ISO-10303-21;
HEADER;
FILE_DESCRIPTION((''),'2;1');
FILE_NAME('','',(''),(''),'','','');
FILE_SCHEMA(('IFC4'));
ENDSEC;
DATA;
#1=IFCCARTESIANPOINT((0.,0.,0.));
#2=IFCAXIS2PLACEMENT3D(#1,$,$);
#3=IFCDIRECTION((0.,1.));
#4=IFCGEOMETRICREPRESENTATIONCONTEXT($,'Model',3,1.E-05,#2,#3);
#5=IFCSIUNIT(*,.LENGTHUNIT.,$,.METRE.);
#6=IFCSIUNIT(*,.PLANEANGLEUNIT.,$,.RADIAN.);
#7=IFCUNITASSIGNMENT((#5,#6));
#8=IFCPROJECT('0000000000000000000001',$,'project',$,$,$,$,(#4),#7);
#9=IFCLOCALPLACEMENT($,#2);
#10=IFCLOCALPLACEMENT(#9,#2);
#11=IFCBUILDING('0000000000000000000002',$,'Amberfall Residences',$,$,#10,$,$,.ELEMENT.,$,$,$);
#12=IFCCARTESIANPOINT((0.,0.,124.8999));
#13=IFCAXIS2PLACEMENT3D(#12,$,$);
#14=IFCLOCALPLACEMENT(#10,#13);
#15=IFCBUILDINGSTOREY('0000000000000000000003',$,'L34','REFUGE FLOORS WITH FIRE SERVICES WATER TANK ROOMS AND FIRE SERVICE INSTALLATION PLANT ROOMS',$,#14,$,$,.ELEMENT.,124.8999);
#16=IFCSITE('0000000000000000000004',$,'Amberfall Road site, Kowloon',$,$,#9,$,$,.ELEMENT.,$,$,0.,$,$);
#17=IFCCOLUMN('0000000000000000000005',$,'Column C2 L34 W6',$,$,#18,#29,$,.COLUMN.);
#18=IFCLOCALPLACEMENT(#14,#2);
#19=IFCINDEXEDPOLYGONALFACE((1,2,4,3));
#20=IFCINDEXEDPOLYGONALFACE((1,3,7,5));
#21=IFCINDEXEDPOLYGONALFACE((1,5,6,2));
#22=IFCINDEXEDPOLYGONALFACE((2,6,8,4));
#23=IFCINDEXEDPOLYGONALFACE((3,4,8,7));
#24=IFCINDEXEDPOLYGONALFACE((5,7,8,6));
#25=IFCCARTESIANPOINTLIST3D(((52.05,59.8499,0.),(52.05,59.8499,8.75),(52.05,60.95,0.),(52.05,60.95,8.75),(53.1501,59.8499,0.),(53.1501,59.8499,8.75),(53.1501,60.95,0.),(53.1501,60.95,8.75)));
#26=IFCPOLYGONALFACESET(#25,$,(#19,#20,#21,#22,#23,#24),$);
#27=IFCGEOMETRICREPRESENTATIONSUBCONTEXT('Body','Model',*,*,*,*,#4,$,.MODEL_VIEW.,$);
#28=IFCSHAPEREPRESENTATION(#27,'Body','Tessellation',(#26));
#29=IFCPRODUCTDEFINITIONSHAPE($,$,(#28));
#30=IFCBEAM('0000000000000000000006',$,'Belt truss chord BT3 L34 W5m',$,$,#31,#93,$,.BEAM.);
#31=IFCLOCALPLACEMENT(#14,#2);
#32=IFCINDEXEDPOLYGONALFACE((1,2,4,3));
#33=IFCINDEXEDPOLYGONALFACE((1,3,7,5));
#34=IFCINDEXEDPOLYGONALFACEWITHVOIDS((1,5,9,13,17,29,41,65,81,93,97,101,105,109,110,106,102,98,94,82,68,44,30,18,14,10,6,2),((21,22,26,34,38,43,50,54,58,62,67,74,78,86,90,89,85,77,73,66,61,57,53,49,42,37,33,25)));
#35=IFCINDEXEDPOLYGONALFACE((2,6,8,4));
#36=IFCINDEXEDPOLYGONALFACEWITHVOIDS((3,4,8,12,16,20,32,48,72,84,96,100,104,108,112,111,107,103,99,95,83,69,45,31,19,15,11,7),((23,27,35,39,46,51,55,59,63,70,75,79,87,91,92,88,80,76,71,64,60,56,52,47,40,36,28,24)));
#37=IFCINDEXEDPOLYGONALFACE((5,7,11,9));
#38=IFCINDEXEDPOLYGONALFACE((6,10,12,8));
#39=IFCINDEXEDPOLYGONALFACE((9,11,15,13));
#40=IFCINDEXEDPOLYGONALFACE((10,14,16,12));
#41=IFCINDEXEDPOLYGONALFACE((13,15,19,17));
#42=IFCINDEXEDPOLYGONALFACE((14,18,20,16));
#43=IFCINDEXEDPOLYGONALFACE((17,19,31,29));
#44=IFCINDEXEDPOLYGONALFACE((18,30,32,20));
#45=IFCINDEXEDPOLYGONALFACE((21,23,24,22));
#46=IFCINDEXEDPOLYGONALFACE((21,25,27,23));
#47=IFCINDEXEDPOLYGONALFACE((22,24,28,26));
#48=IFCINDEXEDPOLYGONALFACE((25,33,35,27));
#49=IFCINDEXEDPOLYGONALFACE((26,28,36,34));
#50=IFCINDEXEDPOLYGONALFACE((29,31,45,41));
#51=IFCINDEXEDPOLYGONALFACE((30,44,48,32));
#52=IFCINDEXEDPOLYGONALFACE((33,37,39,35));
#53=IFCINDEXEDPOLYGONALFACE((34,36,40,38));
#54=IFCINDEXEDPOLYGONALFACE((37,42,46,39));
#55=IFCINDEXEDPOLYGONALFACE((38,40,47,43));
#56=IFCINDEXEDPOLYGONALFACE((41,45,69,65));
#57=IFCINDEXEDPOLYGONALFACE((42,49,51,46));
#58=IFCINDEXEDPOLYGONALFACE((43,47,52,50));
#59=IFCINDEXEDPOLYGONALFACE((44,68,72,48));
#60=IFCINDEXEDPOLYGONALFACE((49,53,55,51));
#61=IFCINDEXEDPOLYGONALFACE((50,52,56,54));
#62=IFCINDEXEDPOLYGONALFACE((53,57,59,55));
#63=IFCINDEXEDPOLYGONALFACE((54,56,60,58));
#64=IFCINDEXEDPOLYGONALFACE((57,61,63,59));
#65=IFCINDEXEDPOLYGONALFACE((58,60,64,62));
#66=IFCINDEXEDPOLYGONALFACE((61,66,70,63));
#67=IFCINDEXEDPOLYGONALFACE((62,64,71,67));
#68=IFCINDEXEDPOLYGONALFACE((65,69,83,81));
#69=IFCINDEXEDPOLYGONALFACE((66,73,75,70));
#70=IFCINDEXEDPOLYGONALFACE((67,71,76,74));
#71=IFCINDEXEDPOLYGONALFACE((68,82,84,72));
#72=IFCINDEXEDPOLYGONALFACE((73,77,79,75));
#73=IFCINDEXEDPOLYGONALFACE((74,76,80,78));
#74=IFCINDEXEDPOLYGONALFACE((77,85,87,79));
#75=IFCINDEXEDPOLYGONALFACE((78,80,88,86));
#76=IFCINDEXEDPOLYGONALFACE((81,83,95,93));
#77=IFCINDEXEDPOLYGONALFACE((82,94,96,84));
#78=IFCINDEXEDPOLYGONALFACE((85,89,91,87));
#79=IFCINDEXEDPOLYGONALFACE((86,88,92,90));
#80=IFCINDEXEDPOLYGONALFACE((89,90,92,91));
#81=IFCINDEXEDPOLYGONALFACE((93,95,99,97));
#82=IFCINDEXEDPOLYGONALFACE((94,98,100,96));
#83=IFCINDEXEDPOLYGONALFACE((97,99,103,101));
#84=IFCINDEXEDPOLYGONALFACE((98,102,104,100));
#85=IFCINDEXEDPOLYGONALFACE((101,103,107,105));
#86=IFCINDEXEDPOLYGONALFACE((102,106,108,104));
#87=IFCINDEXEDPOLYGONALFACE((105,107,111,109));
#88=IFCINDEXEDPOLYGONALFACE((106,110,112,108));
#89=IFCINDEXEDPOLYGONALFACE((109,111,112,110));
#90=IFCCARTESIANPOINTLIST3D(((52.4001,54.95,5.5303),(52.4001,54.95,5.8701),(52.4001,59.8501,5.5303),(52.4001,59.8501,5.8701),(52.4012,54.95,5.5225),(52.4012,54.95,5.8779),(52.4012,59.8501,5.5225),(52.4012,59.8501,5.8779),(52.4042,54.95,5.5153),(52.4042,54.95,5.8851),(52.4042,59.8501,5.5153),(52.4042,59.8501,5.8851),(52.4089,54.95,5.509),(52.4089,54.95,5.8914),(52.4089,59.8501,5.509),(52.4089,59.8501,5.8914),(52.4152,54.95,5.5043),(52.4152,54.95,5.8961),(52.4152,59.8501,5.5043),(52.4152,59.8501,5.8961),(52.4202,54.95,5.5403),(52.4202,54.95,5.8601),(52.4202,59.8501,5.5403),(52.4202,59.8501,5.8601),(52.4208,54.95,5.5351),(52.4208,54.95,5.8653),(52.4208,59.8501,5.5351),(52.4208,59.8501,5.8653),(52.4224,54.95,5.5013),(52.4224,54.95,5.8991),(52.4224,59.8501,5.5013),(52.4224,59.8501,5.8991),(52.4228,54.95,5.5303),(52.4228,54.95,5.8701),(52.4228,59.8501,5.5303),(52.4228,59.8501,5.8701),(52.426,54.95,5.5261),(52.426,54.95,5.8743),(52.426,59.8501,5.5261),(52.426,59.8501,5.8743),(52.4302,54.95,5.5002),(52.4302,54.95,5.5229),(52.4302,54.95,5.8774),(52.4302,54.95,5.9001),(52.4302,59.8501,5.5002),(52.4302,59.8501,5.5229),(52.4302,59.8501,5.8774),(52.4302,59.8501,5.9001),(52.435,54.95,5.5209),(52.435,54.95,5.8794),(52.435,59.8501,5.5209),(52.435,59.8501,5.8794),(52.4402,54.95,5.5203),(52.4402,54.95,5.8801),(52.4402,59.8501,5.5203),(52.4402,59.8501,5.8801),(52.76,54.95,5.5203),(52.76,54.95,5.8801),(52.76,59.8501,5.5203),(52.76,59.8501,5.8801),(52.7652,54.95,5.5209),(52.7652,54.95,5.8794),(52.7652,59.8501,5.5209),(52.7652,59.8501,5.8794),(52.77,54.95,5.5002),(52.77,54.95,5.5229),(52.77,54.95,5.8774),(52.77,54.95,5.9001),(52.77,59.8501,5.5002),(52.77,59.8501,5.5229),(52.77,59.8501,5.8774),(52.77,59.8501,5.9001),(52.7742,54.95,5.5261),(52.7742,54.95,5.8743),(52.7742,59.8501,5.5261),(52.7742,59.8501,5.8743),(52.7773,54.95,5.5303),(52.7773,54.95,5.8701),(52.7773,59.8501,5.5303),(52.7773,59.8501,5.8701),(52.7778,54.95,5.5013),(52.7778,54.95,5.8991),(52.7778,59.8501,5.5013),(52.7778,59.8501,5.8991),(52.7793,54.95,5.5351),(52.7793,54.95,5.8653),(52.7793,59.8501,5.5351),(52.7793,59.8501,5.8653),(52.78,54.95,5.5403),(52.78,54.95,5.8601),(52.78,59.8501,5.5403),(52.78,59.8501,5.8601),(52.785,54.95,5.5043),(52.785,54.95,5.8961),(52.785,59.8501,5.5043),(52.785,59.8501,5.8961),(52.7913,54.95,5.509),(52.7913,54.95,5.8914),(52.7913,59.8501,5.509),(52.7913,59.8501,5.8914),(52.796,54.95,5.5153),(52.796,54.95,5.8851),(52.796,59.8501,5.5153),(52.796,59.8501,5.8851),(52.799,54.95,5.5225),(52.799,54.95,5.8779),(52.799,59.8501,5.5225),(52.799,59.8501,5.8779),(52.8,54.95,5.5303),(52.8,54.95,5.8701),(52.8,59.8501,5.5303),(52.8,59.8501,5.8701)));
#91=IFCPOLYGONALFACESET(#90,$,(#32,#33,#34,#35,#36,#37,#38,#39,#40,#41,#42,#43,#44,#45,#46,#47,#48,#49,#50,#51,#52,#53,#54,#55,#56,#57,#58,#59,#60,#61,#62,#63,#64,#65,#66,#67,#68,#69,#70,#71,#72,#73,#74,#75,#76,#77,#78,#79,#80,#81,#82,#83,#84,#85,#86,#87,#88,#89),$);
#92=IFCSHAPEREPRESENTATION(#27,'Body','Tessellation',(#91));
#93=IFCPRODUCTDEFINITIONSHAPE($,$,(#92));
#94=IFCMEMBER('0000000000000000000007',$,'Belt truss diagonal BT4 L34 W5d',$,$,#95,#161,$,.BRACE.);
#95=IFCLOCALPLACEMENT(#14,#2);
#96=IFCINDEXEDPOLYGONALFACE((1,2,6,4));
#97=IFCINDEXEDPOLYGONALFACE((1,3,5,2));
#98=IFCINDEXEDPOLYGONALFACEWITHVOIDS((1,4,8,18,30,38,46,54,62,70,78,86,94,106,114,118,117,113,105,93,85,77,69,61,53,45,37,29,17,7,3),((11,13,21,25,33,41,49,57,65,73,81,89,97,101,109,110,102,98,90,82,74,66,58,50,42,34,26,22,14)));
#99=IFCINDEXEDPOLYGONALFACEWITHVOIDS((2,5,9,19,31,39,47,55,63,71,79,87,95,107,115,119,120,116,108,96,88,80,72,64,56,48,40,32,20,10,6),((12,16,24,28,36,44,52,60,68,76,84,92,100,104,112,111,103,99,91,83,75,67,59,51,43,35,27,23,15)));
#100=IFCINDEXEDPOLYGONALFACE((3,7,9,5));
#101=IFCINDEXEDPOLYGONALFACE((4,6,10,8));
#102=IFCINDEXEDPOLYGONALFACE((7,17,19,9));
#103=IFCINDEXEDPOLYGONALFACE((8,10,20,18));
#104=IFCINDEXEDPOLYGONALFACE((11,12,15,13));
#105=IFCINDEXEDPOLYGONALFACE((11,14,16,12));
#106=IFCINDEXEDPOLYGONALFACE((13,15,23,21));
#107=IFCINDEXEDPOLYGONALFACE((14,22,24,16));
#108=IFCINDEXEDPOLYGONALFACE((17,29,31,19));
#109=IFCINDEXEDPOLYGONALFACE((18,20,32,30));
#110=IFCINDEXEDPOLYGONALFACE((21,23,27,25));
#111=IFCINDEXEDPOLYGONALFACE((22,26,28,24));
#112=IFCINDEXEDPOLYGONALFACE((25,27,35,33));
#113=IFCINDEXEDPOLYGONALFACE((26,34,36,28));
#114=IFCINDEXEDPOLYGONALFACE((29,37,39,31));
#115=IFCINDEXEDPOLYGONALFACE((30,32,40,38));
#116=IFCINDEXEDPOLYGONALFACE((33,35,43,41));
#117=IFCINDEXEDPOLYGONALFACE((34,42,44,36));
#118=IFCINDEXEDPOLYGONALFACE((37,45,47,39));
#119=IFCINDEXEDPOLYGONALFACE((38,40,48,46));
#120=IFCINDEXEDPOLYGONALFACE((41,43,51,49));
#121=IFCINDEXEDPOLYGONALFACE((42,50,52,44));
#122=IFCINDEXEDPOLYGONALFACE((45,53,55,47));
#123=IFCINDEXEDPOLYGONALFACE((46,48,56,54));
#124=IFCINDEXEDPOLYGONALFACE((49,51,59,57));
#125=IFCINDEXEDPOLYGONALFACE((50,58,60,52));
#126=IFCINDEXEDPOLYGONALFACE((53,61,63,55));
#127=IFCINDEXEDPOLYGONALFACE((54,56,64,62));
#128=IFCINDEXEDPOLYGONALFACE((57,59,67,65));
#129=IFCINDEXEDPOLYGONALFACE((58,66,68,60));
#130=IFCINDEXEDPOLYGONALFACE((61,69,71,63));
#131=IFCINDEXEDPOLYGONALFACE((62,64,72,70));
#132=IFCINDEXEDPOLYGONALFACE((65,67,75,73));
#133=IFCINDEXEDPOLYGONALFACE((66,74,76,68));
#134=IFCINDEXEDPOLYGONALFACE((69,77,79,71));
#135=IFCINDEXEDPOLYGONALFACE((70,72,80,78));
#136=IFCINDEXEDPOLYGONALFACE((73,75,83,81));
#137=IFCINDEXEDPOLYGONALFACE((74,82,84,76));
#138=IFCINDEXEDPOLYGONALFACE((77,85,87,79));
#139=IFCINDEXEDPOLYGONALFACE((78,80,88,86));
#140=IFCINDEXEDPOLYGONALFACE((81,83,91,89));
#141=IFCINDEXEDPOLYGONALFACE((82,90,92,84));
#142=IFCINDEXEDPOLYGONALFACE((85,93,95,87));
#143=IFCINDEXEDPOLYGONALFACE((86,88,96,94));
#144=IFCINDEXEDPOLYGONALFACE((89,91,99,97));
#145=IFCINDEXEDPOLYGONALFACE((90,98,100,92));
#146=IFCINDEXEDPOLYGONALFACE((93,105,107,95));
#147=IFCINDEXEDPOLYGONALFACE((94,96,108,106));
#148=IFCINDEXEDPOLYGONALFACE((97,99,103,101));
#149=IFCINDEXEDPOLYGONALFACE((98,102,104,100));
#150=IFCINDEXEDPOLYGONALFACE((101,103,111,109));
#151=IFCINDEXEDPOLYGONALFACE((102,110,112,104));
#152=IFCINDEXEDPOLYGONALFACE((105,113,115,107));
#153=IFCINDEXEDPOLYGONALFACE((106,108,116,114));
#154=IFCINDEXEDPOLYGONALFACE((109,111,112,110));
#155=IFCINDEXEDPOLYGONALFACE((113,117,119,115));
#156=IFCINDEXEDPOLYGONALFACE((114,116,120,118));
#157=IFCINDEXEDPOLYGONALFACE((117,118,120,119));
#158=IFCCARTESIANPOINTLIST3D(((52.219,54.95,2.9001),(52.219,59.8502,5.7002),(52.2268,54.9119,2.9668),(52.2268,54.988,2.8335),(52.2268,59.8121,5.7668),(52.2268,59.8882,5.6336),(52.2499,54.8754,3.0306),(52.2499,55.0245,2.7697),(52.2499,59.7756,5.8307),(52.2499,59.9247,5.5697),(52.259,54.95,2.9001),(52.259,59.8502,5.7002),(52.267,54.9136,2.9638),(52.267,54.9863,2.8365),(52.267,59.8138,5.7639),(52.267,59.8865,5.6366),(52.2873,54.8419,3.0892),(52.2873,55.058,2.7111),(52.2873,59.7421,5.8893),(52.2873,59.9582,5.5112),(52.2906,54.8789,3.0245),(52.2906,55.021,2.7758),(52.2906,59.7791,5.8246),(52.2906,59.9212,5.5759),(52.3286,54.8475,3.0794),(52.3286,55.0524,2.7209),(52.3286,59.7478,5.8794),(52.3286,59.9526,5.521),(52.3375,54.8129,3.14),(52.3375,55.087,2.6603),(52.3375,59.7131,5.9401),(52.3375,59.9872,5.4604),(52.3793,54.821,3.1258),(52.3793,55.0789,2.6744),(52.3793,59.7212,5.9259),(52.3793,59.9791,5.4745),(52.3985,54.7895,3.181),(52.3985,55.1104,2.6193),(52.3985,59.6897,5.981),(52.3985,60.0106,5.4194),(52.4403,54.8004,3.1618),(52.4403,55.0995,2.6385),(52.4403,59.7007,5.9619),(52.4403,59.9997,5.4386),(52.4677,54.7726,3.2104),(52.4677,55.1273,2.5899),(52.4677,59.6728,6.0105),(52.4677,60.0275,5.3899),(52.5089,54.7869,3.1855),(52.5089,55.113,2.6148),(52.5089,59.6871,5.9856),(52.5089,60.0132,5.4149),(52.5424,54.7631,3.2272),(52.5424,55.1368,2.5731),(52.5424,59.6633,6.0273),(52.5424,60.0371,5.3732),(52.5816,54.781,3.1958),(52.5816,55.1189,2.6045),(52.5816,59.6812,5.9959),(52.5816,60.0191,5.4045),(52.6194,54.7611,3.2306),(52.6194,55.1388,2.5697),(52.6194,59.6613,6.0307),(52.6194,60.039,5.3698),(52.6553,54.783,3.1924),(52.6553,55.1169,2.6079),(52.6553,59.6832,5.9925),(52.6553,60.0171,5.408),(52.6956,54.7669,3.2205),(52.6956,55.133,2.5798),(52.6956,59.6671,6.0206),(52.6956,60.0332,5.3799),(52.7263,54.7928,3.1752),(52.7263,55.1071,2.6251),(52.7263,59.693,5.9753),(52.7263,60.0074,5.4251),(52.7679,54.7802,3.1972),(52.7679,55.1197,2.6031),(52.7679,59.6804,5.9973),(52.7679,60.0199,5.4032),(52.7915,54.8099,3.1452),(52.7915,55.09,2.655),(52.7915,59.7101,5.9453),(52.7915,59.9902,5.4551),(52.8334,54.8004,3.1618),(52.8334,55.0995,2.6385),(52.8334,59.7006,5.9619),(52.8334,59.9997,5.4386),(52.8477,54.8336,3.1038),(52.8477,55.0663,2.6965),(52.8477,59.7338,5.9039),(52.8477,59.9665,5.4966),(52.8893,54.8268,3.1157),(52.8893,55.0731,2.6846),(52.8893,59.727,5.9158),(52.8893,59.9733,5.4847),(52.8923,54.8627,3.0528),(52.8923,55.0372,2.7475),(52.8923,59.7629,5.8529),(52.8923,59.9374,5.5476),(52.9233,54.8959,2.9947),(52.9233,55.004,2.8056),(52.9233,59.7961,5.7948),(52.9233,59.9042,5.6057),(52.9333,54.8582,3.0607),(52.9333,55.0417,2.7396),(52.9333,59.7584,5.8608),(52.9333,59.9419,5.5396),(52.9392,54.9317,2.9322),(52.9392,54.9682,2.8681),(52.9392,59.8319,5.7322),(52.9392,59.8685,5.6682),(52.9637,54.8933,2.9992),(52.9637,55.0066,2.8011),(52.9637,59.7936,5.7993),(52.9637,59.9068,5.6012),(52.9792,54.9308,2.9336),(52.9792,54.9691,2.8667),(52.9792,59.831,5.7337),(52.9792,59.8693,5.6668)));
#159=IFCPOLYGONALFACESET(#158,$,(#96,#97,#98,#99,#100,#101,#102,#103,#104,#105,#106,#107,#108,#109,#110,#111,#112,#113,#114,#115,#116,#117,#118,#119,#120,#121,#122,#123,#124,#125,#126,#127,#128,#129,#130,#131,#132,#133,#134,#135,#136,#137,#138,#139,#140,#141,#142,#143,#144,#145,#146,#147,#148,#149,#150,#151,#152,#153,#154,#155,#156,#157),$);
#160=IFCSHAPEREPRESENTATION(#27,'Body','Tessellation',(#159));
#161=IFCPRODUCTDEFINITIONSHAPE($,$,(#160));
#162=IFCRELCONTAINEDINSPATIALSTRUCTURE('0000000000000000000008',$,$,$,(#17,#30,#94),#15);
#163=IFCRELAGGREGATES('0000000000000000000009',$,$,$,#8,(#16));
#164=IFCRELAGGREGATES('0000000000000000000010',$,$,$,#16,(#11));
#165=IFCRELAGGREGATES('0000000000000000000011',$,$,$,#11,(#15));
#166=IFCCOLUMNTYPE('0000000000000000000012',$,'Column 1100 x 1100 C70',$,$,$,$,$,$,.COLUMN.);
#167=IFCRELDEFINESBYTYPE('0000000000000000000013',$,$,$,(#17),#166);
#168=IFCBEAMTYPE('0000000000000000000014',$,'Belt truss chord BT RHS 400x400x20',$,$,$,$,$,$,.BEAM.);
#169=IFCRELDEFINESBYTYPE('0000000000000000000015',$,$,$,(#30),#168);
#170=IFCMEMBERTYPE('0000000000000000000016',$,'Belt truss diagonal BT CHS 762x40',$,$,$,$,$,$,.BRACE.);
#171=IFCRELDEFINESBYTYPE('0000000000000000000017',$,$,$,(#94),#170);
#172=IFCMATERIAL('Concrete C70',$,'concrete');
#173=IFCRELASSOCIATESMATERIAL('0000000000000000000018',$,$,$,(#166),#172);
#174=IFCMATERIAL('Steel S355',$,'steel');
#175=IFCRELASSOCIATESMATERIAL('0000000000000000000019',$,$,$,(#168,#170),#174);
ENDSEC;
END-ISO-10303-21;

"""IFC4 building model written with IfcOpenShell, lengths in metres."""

from ifc_helpers import new_model, si_unit, direction, frame, origin, origin_2d, place, context, subcontext, project, spatial, rectangle, hollow_rectangle, hollow_circle, extrude, material, material_profile, profile_set, type_object, element, save


model = new_model("IFC4")

# Units and contexts
model_context = context("Model", 3, precision=1e-05, world=origin(), true_north=direction((0.0, 1.0)))
body_context = subcontext(model_context, "Body", "Model", "MODEL_VIEW")
ifc_project = project(units=[si_unit("LENGTHUNIT", "METRE"), si_unit("PLANEANGLEUNIT", "RADIAN")], contexts=[model_context])

# Site, building, storey
site_placement = place(None, origin())
site = spatial("IfcSite", under=ifc_project, at=site_placement, Name="Amberfall Road site, Kowloon", CompositionType="ELEMENT", RefElevation=0.0)
building_placement = place(site_placement, origin())
building = spatial("IfcBuilding", under=site, at=building_placement, Name="Amberfall Residences", CompositionType="ELEMENT")
storey_placement = place(building_placement, frame((0.0, 0.0, 124.8999)))
storey = spatial("IfcBuildingStorey", under=building, at=storey_placement, Name="L34", Description="REFUGE FLOORS WITH FIRE SERVICES WATER TANK ROOMS AND FIRE SERVICE INSTALLATION PLANT ROOMS", CompositionType="ELEMENT", Elevation=124.8999)

# Column
ifc_material_1 = material(Name="Concrete C70", Category="concrete")
ifc_material_profile_1 = material_profile(ifc_material_1, rectangle(XDim=1.1001, YDim=1.1001, at=origin_2d()), Name="Column 1100 x 1100 C70")
ifc_profile_set_1 = profile_set([ifc_material_profile_1], Name="Concrete C70")
column_type = type_object("IfcColumnType", Name="Column 1100 x 1100 C70", PredefinedType="COLUMN", material=ifc_profile_set_1)
column_placement = place(storey_placement, frame((52.6001, 60.3999, 0.0), z_axis=(0.0, 0.0, 1.0), x_axis=(1.0, 0.0, 0.0)))
element("IfcColumn", 1, at=column_placement, inside=storey, type_object=column_type, Name="Column C2 L34 W6", PredefinedType="COLUMN", context=body_context, shape_type="SweptSolid", body=[
    extrude(rectangle(XDim=1.1001, YDim=1.1001, at=origin_2d()), origin(), (0.0, 0.0, 1.0), 8.75),
])

# Beam
ifc_material_2 = material(Name="Steel S355", Category="steel")
ifc_material_profile_2 = material_profile(ifc_material_2, hollow_rectangle(XDim=0.3999, YDim=0.3999, WallThickness=0.02, InnerFilletRadius=0.02, OuterFilletRadius=0.03, at=origin_2d()), Name="RHS 400x400x20")
ifc_profile_set_2 = profile_set([ifc_material_profile_2], Name="Steel S355")
beam_type_1 = type_object("IfcBeamType", Name="Belt truss chord BT RHS 400x400x20", PredefinedType="BEAM", material=ifc_profile_set_2)
beam_1_placement = place(storey_placement, frame((52.6001, 54.95, 5.7002), z_axis=(0.0, 1.0, 0.0), x_axis=(-1.0, 0.0, 0.0)))
element("IfcBeam", 2, at=beam_1_placement, inside=storey, type_object=beam_type_1, Name="Belt truss chord BT3 L34 W5m", PredefinedType="BEAM", context=body_context, shape_type="SweptSolid", body=[
    extrude(hollow_rectangle(XDim=0.3999, YDim=0.3999, WallThickness=0.02, InnerFilletRadius=0.02, OuterFilletRadius=0.03, at=origin_2d()), origin(), (0.0, 0.0, 1.0), 4.9001),
])

# Member
ifc_material_profile_3 = material_profile(ifc_material_2, hollow_circle(Radius=0.3811, WallThickness=0.04, at=origin_2d()), Name="CHS 762x40")
ifc_profile_set_3 = profile_set([ifc_material_profile_3], Name="Steel S355")
member_type_1 = type_object("IfcMemberType", Name="Belt truss diagonal BT CHS 762x40", PredefinedType="BRACE", material=ifc_profile_set_3)
member_1_placement = place(storey_placement, frame((52.6001, 54.95, 2.9001), z_axis=(0.0, 0.868246, 0.496134), x_axis=(-1.0, 0.0, 0.0)))
element("IfcMember", 3, at=member_1_placement, inside=storey, type_object=member_type_1, Name="Belt truss diagonal BT4 L34 W5d", PredefinedType="BRACE", context=body_context, shape_type="SweptSolid", body=[
    extrude(hollow_circle(Radius=0.3811, WallThickness=0.04, at=origin_2d()), origin(), (0.0, 0.0, 1.0), 5.6438),
])

save(model, "model.ifc")
